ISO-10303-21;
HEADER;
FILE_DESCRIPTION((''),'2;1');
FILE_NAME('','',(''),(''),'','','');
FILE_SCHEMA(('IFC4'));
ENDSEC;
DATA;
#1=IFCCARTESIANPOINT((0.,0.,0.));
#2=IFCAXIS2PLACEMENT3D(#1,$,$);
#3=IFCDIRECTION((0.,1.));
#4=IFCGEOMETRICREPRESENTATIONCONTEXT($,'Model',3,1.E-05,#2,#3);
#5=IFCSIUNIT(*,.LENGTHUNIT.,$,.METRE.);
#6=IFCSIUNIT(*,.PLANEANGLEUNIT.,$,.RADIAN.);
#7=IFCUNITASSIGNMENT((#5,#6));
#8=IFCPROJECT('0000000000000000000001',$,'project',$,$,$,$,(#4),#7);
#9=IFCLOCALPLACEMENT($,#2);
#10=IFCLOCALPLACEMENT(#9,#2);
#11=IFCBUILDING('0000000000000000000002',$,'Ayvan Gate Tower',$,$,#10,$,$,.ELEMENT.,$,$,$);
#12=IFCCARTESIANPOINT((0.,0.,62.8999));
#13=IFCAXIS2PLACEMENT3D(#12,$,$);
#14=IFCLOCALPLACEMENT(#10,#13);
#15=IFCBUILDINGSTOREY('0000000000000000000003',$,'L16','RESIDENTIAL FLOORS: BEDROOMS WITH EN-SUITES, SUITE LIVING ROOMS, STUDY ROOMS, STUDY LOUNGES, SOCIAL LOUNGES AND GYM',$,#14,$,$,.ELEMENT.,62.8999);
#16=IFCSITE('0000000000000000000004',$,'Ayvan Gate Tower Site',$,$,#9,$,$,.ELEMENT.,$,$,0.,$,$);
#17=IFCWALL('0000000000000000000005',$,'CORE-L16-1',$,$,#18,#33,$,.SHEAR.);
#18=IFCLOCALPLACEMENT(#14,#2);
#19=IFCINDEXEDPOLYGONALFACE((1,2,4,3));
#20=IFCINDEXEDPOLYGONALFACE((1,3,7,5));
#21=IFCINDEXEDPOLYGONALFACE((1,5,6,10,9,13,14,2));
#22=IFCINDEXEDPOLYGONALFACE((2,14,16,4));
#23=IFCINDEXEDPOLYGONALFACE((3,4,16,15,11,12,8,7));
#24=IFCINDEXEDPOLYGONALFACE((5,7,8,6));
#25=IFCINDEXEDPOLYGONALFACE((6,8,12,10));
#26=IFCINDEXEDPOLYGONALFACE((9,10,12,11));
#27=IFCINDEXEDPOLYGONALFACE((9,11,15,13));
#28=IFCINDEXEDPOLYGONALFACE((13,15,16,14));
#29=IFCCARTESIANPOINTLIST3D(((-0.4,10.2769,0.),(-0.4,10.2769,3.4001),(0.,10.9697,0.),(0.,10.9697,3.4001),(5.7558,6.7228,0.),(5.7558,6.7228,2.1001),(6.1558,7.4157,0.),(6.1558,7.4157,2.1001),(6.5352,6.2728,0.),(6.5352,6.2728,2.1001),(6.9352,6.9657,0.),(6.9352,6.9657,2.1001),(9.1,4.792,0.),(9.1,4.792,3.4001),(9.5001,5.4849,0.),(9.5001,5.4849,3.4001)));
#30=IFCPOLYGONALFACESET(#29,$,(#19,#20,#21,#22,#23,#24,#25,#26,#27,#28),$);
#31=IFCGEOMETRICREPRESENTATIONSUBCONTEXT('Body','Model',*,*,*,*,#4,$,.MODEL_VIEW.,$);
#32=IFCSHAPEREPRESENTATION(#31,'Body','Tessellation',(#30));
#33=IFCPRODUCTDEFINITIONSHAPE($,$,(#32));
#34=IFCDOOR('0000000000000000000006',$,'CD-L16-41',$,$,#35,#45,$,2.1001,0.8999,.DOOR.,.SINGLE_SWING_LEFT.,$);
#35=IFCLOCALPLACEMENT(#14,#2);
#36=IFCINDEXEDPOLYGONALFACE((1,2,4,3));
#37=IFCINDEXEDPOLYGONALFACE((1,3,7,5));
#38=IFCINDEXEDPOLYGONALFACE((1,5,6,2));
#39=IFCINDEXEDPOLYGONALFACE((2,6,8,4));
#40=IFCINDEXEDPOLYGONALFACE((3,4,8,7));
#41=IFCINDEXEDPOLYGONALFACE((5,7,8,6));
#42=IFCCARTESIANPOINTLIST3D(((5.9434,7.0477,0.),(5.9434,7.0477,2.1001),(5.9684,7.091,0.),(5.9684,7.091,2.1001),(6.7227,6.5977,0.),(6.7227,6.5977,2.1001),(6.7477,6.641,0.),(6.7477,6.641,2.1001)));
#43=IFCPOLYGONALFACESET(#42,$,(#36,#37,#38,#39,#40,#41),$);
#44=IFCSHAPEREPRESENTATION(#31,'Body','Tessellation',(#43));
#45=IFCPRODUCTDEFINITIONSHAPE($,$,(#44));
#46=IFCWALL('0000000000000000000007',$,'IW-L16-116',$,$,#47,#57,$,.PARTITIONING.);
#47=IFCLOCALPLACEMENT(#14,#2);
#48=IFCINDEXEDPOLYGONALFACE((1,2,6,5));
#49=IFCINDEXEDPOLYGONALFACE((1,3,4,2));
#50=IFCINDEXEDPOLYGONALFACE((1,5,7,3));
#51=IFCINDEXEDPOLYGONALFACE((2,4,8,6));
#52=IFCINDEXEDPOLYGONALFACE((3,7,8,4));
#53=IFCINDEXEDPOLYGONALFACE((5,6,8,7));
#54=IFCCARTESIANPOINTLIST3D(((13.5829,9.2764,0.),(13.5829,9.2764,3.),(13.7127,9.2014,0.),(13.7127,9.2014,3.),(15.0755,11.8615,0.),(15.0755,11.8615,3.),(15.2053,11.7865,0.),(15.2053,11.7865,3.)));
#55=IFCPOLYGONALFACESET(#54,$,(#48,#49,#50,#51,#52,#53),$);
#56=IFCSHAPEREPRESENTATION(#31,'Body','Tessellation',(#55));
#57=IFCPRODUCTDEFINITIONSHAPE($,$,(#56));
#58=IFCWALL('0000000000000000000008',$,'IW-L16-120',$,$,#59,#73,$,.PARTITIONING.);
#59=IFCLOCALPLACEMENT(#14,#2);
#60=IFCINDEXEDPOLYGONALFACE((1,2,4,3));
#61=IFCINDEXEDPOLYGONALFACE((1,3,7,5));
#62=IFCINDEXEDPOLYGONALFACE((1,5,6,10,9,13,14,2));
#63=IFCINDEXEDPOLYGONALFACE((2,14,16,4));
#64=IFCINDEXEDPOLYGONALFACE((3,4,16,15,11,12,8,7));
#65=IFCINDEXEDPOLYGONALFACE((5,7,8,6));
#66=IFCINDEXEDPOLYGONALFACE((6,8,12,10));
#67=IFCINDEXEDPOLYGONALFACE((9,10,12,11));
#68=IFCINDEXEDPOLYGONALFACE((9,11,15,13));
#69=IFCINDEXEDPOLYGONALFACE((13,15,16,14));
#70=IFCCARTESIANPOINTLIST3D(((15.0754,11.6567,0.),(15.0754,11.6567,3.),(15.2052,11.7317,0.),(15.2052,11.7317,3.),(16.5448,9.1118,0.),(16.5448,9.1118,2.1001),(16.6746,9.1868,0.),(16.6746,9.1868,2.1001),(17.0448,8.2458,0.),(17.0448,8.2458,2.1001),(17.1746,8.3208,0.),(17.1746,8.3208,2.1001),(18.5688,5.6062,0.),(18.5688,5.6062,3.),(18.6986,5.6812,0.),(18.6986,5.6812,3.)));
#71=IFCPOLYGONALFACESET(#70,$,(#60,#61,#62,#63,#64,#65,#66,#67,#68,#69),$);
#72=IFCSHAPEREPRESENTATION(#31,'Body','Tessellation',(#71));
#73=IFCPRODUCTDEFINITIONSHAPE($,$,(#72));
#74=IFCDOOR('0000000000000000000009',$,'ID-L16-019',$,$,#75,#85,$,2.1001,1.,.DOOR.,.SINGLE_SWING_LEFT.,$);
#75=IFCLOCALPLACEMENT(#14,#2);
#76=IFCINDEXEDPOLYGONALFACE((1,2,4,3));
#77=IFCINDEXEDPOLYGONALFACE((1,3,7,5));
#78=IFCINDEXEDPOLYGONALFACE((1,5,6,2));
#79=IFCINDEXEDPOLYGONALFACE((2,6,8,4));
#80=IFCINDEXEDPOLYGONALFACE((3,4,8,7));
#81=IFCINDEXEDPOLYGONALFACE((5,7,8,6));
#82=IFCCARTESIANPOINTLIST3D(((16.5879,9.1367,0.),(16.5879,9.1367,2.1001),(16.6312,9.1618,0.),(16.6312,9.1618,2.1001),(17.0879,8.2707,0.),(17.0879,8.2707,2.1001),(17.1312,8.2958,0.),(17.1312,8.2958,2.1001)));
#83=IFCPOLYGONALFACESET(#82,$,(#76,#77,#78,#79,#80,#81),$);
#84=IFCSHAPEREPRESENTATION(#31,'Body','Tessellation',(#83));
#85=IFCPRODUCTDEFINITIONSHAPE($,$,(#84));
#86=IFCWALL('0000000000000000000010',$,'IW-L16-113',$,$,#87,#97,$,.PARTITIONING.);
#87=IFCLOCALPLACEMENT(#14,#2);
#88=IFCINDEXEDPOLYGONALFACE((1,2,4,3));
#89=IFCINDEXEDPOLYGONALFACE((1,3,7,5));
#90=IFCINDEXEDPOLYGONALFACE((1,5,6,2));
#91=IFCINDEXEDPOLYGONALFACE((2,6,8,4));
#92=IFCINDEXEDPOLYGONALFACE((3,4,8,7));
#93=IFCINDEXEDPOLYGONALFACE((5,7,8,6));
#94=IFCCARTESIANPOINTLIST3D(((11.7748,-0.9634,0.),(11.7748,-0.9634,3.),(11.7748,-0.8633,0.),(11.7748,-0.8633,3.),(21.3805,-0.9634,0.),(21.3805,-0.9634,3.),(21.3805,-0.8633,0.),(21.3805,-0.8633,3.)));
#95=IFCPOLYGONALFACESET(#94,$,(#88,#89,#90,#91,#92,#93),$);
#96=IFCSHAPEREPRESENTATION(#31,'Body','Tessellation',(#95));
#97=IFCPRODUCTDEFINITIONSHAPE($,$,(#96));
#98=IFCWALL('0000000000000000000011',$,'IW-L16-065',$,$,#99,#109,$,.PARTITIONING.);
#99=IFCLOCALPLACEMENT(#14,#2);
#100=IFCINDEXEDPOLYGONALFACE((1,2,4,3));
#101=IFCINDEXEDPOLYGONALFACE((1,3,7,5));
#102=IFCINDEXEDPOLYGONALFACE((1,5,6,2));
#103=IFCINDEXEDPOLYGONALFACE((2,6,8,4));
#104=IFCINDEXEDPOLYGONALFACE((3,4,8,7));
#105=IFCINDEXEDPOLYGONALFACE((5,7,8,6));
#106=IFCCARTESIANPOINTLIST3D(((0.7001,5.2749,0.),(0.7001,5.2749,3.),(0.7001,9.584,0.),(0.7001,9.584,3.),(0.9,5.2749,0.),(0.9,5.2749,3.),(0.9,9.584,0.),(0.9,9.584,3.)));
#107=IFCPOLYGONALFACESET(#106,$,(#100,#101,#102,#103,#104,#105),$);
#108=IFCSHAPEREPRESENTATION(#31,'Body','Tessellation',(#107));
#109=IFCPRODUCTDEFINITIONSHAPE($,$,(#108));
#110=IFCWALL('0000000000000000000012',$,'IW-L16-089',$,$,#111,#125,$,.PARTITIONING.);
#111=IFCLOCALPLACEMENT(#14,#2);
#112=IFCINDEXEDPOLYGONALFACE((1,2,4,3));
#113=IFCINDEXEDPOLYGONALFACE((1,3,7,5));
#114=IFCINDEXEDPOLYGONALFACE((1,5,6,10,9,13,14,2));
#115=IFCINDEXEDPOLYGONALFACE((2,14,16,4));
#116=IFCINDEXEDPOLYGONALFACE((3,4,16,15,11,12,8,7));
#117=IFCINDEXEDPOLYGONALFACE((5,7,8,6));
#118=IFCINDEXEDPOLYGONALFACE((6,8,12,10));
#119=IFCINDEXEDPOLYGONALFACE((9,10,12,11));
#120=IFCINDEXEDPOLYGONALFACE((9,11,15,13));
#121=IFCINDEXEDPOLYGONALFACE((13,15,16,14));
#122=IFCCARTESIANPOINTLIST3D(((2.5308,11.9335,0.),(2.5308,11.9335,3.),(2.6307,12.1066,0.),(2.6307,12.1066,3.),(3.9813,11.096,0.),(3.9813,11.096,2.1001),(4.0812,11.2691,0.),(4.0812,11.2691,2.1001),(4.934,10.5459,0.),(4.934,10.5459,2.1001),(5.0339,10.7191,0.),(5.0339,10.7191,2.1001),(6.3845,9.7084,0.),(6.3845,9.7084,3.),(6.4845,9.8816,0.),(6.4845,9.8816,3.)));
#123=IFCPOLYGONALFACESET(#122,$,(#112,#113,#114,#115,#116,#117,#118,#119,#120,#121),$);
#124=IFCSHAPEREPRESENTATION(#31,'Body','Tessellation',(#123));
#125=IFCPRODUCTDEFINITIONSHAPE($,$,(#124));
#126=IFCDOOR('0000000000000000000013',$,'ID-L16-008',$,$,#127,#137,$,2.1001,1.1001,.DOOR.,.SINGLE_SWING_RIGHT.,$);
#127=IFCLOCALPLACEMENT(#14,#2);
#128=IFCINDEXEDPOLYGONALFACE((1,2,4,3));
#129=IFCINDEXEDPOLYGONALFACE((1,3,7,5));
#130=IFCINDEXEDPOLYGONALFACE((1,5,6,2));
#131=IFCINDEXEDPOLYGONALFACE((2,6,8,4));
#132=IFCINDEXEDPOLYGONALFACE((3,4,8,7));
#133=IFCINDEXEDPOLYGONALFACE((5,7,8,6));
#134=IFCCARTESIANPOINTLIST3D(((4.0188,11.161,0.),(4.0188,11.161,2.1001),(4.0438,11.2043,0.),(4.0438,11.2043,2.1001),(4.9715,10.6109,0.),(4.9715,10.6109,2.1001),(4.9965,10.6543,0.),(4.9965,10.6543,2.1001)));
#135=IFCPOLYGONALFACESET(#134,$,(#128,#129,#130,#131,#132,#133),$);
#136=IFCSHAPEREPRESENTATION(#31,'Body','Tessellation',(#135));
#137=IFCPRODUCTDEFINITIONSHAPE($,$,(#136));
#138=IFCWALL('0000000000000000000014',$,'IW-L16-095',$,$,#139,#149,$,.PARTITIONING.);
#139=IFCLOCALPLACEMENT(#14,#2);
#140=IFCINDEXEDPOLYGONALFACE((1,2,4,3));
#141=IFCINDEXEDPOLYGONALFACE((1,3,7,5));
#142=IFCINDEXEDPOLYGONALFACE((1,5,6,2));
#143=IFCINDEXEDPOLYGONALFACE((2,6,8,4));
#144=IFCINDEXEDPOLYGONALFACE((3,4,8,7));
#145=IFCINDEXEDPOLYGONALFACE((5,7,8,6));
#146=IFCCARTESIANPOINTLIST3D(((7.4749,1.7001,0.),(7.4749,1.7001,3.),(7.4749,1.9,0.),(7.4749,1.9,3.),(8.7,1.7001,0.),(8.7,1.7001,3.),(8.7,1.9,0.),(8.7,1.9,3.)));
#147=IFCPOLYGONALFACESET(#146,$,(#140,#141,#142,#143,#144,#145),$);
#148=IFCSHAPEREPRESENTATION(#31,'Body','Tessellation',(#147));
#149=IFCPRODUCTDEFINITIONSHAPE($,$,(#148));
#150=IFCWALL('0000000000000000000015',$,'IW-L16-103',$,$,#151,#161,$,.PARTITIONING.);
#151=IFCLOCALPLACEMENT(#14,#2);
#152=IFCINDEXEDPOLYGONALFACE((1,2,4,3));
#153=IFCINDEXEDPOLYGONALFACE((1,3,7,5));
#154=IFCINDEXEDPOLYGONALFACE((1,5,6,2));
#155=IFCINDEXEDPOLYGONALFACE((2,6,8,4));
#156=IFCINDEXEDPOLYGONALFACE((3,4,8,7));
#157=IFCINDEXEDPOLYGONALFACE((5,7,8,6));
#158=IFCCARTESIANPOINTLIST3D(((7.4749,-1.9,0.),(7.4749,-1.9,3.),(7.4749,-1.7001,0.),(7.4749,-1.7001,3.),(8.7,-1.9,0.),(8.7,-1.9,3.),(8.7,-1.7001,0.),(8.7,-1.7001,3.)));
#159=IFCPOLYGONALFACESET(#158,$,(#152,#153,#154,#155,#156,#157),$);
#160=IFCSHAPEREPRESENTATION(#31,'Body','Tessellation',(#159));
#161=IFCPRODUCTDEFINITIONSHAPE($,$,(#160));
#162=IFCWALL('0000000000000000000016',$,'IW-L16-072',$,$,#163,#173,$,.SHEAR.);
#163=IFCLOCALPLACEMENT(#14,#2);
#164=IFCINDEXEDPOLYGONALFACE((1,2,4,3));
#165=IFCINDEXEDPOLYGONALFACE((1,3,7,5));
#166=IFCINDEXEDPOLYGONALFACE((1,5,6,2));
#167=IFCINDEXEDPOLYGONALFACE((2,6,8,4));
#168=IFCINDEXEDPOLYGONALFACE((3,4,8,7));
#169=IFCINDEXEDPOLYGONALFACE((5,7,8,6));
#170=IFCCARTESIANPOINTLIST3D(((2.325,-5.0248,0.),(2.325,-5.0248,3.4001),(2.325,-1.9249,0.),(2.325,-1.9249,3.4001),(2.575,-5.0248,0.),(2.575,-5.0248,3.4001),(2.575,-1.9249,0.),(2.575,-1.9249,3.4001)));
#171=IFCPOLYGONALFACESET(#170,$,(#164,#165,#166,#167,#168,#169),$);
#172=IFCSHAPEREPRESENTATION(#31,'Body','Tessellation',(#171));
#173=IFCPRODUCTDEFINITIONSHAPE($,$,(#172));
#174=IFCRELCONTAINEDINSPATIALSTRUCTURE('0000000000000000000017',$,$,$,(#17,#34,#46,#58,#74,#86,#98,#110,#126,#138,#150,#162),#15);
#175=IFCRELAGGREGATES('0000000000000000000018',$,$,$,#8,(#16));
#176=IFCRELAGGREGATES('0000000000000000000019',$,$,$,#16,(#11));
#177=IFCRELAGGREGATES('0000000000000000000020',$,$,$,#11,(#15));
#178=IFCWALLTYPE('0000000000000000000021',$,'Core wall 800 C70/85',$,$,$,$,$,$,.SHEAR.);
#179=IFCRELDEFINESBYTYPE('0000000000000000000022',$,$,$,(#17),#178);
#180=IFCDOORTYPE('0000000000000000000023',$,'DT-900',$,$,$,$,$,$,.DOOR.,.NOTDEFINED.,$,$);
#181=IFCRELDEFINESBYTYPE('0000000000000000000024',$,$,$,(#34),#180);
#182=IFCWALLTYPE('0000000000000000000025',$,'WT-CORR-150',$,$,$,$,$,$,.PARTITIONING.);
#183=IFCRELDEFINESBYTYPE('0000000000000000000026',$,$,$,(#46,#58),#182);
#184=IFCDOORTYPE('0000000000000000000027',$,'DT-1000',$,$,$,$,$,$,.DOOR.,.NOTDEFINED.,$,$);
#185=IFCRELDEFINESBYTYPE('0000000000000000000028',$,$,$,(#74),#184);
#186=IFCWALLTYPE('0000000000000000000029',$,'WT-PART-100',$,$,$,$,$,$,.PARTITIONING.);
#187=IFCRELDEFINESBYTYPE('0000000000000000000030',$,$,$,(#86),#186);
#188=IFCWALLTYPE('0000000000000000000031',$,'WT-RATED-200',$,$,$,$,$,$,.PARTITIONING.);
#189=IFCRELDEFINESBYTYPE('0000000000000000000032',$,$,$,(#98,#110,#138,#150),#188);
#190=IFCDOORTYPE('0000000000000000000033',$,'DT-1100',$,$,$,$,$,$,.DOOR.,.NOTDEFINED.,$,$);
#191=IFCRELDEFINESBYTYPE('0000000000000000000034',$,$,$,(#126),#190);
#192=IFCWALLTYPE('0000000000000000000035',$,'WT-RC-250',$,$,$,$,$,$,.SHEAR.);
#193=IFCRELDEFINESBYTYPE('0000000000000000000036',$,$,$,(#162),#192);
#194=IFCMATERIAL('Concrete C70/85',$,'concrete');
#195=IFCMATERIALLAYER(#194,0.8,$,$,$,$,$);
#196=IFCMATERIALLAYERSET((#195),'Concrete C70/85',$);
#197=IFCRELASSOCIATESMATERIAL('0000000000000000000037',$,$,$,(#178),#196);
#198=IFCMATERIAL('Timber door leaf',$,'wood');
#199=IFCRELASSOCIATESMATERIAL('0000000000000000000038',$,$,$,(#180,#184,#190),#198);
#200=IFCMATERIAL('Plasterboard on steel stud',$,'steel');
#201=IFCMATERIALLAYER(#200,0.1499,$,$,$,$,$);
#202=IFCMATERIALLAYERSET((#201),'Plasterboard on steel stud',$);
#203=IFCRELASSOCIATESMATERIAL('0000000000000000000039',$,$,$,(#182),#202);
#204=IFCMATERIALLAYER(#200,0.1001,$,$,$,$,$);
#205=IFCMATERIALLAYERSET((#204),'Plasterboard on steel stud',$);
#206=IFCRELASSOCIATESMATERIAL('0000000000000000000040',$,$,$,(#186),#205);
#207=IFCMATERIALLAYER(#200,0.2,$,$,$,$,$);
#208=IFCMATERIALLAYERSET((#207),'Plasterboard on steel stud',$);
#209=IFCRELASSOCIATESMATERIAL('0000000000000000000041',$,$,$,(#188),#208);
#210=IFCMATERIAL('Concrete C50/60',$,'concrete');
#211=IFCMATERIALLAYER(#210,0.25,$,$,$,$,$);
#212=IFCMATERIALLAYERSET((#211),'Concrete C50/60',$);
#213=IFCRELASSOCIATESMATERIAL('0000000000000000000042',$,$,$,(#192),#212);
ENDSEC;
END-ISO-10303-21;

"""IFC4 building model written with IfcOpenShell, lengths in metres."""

from ifc_helpers import new_model, si_unit, direction, frame, frame_2d, origin, place, context, subcontext, project, spatial, rectangle, extrude, material, layer, layer_set, type_object, element, fill, save


model = new_model("IFC4")

# Units and contexts
model_context = context("Model", 3, precision=1e-05, world=origin(), true_north=direction((0.0, 1.0)))
body_context = subcontext(model_context, "Body", "Model", "MODEL_VIEW")
ifc_project = project(units=[si_unit("LENGTHUNIT", "METRE"), si_unit("PLANEANGLEUNIT", "RADIAN")], contexts=[model_context])

# Site, building, storey
site_placement = place(None, origin())
site = spatial("IfcSite", under=ifc_project, at=site_placement, Name="Ayvan Gate Tower Site", CompositionType="ELEMENT", RefElevation=0.0)
building_placement = place(site_placement, origin())
building = spatial("IfcBuilding", under=site, at=building_placement, Name="Ayvan Gate Tower", CompositionType="ELEMENT")
storey_placement = place(building_placement, frame((0.0, 0.0, 62.8999)))
storey = spatial("IfcBuildingStorey", under=building, at=storey_placement, Name="L16", Description="RESIDENTIAL FLOORS: BEDROOMS WITH EN-SUITES, SUITE LIVING ROOMS, STUDY ROOMS, STUDY LOUNGES, SOCIAL LOUNGES AND GYM", CompositionType="ELEMENT", Elevation=62.8999)

# Wall, opening, door
ifc_material_1 = material(Name="Concrete C70/85", Category="concrete")
ifc_layer_1 = layer(ifc_material_1, 0.8)
ifc_layer_set_1 = layer_set([ifc_layer_1], Name="Concrete C70/85")
wall_type_1 = type_object("IfcWallType", Name="Core wall 800 C70/85", PredefinedType="SHEAR", material=ifc_layer_set_1)
wall_1_placement = place(storey_placement, frame((9.3, 5.1384, 0.0), z_axis=(0.0, 0.0, 1.0), x_axis=(-0.866024, 0.500002, 0.0)))
wall_1 = element("IfcWall", 1, at=wall_1_placement, inside=storey, type_object=wall_type_1, Name="CORE-L16-1", PredefinedType="SHEAR", context=body_context, shape_type="SweptSolid", body=[
    extrude(rectangle(XDim=10.9697, YDim=0.8, at=frame_2d((5.4849, 0.0))), origin(), (0.0, 0.0, 1.0), 3.4001),
])
opening_1_placement = place(wall_1_placement, frame((2.9617, 0.0, 0.0)))
opening_1 = element("IfcOpeningElement", 2, at=opening_1_placement, cuts=wall_1, PredefinedType="OPENING", context=body_context, shape_type="SweptSolid", body=[
    extrude(rectangle(XDim=0.8999, YDim=2.1001, at=frame_2d((0.45, 1.05))), frame((0.0, 0.4099, 0.0), z_axis=(0.0, -1.0, 0.0), x_axis=(1.0, 0.0, 0.0)), (0.0, 0.0, 1.0), 0.8201),
])
ifc_material_2 = material(Name="Timber door leaf", Category="wood")
door_type_1 = type_object("IfcDoorType", Name="DT-900", OperationType="NOTDEFINED", PredefinedType="DOOR", material=ifc_material_2)
door_1_placement = place(opening_1_placement, origin())
door_1 = element("IfcDoor", 3, at=door_1_placement, inside=storey, type_object=door_type_1, Name="CD-L16-41", OperationType="SINGLE_SWING_LEFT", OverallHeight=2.1001, OverallWidth=0.8999, PredefinedType="DOOR", context=body_context, shape_type="SweptSolid", body=[
    extrude(rectangle(XDim=0.8999, YDim=2.1001, at=frame_2d((0.45, 1.05))), frame((0.0, 0.0249, 0.0), z_axis=(0.0, -1.0, 0.0), x_axis=(1.0, 0.0, 0.0)), (0.0, 0.0, 1.0), 0.05),
])
fill(opening_1, door_1)

# Wall
ifc_material_3 = material(Name="Plasterboard on steel stud", Category="steel")
ifc_layer_2 = layer(ifc_material_3, 0.1499)
ifc_layer_set_2 = layer_set([ifc_layer_2], Name="Plasterboard on steel stud")
wall_type_2 = type_object("IfcWallType", Name="WT-CORR-150", PredefinedType="PARTITIONING", material=ifc_layer_set_2)
wall_2_placement = place(storey_placement, frame((13.6477, 9.2388, 0.0), z_axis=(0.0, 0.0, 1.0), x_axis=(0.500027, 0.86601, 0.0)))
element("IfcWall", 4, at=wall_2_placement, inside=storey, type_object=wall_type_2, Name="IW-L16-116", PredefinedType="PARTITIONING", context=body_context, shape_type="SweptSolid", body=[
    extrude(rectangle(XDim=2.9851, YDim=0.1499, at=frame_2d((1.4927, 0.0))), origin(), (0.0, 0.0, 1.0), 3.0),
])

# Wall, opening, door
wall_3_placement = place(storey_placement, frame((15.1404, 11.6941, 0.0), z_axis=(0.0, 0.0, 1.0), x_axis=(0.500014, -0.866017, 0.0)))
wall_3 = element("IfcWall", 5, at=wall_3_placement, inside=storey, type_object=wall_type_2, Name="IW-L16-120", PredefinedType="PARTITIONING", context=body_context, shape_type="SweptSolid", body=[
    extrude(rectangle(XDim=6.9866, YDim=0.1499, at=frame_2d((3.4932, 0.0))), origin(), (0.0, 0.0, 1.0), 3.0),
])
opening_2_placement = place(wall_3_placement, frame((2.9385, 0.0, 0.0)))
opening_2 = element("IfcOpeningElement", 6, at=opening_2_placement, cuts=wall_3, PredefinedType="OPENING", context=body_context, shape_type="SweptSolid", body=[
    extrude(rectangle(XDim=1.0, YDim=2.1001, at=frame_2d((0.5, 1.05))), frame((0.0, 0.085, 0.0), z_axis=(0.0, -1.0, 0.0), x_axis=(1.0, 0.0, 0.0)), (0.0, 0.0, 1.0), 0.1699),
])
door_type_2 = type_object("IfcDoorType", Name="DT-1000", OperationType="NOTDEFINED", PredefinedType="DOOR", material=ifc_material_2)
door_2_placement = place(opening_2_placement, origin())
door_2 = element("IfcDoor", 7, at=door_2_placement, inside=storey, type_object=door_type_2, Name="ID-L16-019", OperationType="SINGLE_SWING_LEFT", OverallHeight=2.1001, OverallWidth=1.0, PredefinedType="DOOR", context=body_context, shape_type="SweptSolid", body=[
    extrude(rectangle(XDim=1.0, YDim=2.1001, at=frame_2d((0.5, 1.05))), frame((0.0, 0.0249, 0.0), z_axis=(0.0, -1.0, 0.0), x_axis=(1.0, 0.0, 0.0)), (0.0, 0.0, 1.0), 0.05),
])
fill(opening_2, door_2)

# Walls
ifc_layer_3 = layer(ifc_material_3, 0.1001)
ifc_layer_set_3 = layer_set([ifc_layer_3], Name="Plasterboard on steel stud")
wall_type_3 = type_object("IfcWallType", Name="WT-PART-100", PredefinedType="PARTITIONING", material=ifc_layer_set_3)
wall_4_placement = place(storey_placement, frame((11.7749, -0.9133, 0.0), z_axis=(0.0, 0.0, 1.0), x_axis=(1.0, 0.0, 0.0)))
element("IfcWall", 8, at=wall_4_placement, inside=storey, type_object=wall_type_3, Name="IW-L16-113", PredefinedType="PARTITIONING", context=body_context, shape_type="SweptSolid", body=[
    extrude(rectangle(XDim=9.6057, YDim=0.1001, at=frame_2d((4.8027, 0.0))), origin(), (0.0, 0.0, 1.0), 3.0),
])
ifc_layer_4 = layer(ifc_material_3, 0.2)
ifc_layer_set_4 = layer_set([ifc_layer_4], Name="Plasterboard on steel stud")
wall_type_4 = type_object("IfcWallType", Name="WT-RATED-200", PredefinedType="PARTITIONING", material=ifc_layer_set_4)
wall_5_placement = place(storey_placement, frame((0.8, 9.584, 0.0), z_axis=(0.0, 0.0, 1.0), x_axis=(0.0, -1.0, 0.0)))
element("IfcWall", 9, at=wall_5_placement, inside=storey, type_object=wall_type_4, Name="IW-L16-065", PredefinedType="PARTITIONING", context=body_context, shape_type="SweptSolid", body=[
    extrude(rectangle(XDim=4.3091, YDim=0.2, at=frame_2d((2.1545, 0.0))), origin(), (0.0, 0.0, 1.0), 3.0),
])

# Wall, opening, door
wall_6_placement = place(storey_placement, frame((6.4346, 9.7949, 0.0), z_axis=(0.0, 0.0, 1.0), x_axis=(-0.866013, 0.500022, 0.0)))
wall_6 = element("IfcWall", 10, at=wall_6_placement, inside=storey, type_object=wall_type_4, Name="IW-L16-089", PredefinedType="PARTITIONING", context=body_context, shape_type="SweptSolid", body=[
    extrude(rectangle(XDim=4.45, YDim=0.2, at=frame_2d((2.2251, 0.0))), origin(), (0.0, 0.0, 1.0), 3.0),
])
opening_3_placement = place(wall_6_placement, frame((1.675, 0.0, 0.0)))
opening_3 = element("IfcOpeningElement", 11, at=opening_3_placement, cuts=wall_6, PredefinedType="OPENING", context=body_context, shape_type="SweptSolid", body=[
    extrude(rectangle(XDim=1.1001, YDim=2.1001, at=frame_2d((0.55, 1.05))), frame((0.0, 0.1099, 0.0), z_axis=(0.0, -1.0, 0.0), x_axis=(1.0, 0.0, 0.0)), (0.0, 0.0, 1.0), 0.22),
])
door_type_3 = type_object("IfcDoorType", Name="DT-1100", OperationType="NOTDEFINED", PredefinedType="DOOR", material=ifc_material_2)
door_3_placement = place(opening_3_placement, origin())
door_3 = element("IfcDoor", 12, at=door_3_placement, inside=storey, type_object=door_type_3, Name="ID-L16-008", OperationType="SINGLE_SWING_RIGHT", OverallHeight=2.1001, OverallWidth=1.1001, PredefinedType="DOOR", context=body_context, shape_type="SweptSolid", body=[
    extrude(rectangle(XDim=1.1001, YDim=2.1001, at=frame_2d((0.55, 1.05))), frame((0.0, 0.0249, 0.0), z_axis=(0.0, -1.0, 0.0), x_axis=(1.0, 0.0, 0.0)), (0.0, 0.0, 1.0), 0.05),
])
fill(opening_3, door_3)

# Walls
for number, where, z_axis, x_axis, name in (
    (13, (7.4749, 1.8, 0.0), (0.0, 0.0, 1.0), (1.0, 0.0, 0.0), "IW-L16-095"),
    (14, (8.7, -1.8, 0.0), (0.0, 0.0, 1.0), (-1.0, 0.0, 0.0), "IW-L16-103"),
):
    element("IfcWall", number, at=place(storey_placement, frame(where, z_axis=z_axis, x_axis=x_axis)), inside=storey, type_object=wall_type_4, Name=name, PredefinedType="PARTITIONING", context=body_context, shape_type="SweptSolid", body=[
        extrude(rectangle(XDim=1.2251, YDim=0.2, at=frame_2d((0.6125, 0.0))), origin(), (0.0, 0.0, 1.0), 3.0),
    ])
ifc_material_4 = material(Name="Concrete C50/60", Category="concrete")
ifc_layer_5 = layer(ifc_material_4, 0.25)
ifc_layer_set_5 = layer_set([ifc_layer_5], Name="Concrete C50/60")
wall_type_5 = type_object("IfcWallType", Name="WT-RC-250", PredefinedType="SHEAR", material=ifc_layer_set_5)
for number, where, z_axis, x_axis, name in (
    (15, (2.45, -1.925, 0.0), (0.0, 0.0, 1.0), (0.0, -1.0, 0.0), "IW-L16-072"),
):
    element("IfcWall", number, at=place(storey_placement, frame(where, z_axis=z_axis, x_axis=x_axis)), inside=storey, type_object=wall_type_5, Name=name, PredefinedType="SHEAR", context=body_context, shape_type="SweptSolid", body=[
        extrude(rectangle(XDim=3.0999, YDim=0.25, at=frame_2d((1.5498, 0.0))), origin(), (0.0, 0.0, 1.0), 3.4001),
    ])

save(model, "model.ifc")
